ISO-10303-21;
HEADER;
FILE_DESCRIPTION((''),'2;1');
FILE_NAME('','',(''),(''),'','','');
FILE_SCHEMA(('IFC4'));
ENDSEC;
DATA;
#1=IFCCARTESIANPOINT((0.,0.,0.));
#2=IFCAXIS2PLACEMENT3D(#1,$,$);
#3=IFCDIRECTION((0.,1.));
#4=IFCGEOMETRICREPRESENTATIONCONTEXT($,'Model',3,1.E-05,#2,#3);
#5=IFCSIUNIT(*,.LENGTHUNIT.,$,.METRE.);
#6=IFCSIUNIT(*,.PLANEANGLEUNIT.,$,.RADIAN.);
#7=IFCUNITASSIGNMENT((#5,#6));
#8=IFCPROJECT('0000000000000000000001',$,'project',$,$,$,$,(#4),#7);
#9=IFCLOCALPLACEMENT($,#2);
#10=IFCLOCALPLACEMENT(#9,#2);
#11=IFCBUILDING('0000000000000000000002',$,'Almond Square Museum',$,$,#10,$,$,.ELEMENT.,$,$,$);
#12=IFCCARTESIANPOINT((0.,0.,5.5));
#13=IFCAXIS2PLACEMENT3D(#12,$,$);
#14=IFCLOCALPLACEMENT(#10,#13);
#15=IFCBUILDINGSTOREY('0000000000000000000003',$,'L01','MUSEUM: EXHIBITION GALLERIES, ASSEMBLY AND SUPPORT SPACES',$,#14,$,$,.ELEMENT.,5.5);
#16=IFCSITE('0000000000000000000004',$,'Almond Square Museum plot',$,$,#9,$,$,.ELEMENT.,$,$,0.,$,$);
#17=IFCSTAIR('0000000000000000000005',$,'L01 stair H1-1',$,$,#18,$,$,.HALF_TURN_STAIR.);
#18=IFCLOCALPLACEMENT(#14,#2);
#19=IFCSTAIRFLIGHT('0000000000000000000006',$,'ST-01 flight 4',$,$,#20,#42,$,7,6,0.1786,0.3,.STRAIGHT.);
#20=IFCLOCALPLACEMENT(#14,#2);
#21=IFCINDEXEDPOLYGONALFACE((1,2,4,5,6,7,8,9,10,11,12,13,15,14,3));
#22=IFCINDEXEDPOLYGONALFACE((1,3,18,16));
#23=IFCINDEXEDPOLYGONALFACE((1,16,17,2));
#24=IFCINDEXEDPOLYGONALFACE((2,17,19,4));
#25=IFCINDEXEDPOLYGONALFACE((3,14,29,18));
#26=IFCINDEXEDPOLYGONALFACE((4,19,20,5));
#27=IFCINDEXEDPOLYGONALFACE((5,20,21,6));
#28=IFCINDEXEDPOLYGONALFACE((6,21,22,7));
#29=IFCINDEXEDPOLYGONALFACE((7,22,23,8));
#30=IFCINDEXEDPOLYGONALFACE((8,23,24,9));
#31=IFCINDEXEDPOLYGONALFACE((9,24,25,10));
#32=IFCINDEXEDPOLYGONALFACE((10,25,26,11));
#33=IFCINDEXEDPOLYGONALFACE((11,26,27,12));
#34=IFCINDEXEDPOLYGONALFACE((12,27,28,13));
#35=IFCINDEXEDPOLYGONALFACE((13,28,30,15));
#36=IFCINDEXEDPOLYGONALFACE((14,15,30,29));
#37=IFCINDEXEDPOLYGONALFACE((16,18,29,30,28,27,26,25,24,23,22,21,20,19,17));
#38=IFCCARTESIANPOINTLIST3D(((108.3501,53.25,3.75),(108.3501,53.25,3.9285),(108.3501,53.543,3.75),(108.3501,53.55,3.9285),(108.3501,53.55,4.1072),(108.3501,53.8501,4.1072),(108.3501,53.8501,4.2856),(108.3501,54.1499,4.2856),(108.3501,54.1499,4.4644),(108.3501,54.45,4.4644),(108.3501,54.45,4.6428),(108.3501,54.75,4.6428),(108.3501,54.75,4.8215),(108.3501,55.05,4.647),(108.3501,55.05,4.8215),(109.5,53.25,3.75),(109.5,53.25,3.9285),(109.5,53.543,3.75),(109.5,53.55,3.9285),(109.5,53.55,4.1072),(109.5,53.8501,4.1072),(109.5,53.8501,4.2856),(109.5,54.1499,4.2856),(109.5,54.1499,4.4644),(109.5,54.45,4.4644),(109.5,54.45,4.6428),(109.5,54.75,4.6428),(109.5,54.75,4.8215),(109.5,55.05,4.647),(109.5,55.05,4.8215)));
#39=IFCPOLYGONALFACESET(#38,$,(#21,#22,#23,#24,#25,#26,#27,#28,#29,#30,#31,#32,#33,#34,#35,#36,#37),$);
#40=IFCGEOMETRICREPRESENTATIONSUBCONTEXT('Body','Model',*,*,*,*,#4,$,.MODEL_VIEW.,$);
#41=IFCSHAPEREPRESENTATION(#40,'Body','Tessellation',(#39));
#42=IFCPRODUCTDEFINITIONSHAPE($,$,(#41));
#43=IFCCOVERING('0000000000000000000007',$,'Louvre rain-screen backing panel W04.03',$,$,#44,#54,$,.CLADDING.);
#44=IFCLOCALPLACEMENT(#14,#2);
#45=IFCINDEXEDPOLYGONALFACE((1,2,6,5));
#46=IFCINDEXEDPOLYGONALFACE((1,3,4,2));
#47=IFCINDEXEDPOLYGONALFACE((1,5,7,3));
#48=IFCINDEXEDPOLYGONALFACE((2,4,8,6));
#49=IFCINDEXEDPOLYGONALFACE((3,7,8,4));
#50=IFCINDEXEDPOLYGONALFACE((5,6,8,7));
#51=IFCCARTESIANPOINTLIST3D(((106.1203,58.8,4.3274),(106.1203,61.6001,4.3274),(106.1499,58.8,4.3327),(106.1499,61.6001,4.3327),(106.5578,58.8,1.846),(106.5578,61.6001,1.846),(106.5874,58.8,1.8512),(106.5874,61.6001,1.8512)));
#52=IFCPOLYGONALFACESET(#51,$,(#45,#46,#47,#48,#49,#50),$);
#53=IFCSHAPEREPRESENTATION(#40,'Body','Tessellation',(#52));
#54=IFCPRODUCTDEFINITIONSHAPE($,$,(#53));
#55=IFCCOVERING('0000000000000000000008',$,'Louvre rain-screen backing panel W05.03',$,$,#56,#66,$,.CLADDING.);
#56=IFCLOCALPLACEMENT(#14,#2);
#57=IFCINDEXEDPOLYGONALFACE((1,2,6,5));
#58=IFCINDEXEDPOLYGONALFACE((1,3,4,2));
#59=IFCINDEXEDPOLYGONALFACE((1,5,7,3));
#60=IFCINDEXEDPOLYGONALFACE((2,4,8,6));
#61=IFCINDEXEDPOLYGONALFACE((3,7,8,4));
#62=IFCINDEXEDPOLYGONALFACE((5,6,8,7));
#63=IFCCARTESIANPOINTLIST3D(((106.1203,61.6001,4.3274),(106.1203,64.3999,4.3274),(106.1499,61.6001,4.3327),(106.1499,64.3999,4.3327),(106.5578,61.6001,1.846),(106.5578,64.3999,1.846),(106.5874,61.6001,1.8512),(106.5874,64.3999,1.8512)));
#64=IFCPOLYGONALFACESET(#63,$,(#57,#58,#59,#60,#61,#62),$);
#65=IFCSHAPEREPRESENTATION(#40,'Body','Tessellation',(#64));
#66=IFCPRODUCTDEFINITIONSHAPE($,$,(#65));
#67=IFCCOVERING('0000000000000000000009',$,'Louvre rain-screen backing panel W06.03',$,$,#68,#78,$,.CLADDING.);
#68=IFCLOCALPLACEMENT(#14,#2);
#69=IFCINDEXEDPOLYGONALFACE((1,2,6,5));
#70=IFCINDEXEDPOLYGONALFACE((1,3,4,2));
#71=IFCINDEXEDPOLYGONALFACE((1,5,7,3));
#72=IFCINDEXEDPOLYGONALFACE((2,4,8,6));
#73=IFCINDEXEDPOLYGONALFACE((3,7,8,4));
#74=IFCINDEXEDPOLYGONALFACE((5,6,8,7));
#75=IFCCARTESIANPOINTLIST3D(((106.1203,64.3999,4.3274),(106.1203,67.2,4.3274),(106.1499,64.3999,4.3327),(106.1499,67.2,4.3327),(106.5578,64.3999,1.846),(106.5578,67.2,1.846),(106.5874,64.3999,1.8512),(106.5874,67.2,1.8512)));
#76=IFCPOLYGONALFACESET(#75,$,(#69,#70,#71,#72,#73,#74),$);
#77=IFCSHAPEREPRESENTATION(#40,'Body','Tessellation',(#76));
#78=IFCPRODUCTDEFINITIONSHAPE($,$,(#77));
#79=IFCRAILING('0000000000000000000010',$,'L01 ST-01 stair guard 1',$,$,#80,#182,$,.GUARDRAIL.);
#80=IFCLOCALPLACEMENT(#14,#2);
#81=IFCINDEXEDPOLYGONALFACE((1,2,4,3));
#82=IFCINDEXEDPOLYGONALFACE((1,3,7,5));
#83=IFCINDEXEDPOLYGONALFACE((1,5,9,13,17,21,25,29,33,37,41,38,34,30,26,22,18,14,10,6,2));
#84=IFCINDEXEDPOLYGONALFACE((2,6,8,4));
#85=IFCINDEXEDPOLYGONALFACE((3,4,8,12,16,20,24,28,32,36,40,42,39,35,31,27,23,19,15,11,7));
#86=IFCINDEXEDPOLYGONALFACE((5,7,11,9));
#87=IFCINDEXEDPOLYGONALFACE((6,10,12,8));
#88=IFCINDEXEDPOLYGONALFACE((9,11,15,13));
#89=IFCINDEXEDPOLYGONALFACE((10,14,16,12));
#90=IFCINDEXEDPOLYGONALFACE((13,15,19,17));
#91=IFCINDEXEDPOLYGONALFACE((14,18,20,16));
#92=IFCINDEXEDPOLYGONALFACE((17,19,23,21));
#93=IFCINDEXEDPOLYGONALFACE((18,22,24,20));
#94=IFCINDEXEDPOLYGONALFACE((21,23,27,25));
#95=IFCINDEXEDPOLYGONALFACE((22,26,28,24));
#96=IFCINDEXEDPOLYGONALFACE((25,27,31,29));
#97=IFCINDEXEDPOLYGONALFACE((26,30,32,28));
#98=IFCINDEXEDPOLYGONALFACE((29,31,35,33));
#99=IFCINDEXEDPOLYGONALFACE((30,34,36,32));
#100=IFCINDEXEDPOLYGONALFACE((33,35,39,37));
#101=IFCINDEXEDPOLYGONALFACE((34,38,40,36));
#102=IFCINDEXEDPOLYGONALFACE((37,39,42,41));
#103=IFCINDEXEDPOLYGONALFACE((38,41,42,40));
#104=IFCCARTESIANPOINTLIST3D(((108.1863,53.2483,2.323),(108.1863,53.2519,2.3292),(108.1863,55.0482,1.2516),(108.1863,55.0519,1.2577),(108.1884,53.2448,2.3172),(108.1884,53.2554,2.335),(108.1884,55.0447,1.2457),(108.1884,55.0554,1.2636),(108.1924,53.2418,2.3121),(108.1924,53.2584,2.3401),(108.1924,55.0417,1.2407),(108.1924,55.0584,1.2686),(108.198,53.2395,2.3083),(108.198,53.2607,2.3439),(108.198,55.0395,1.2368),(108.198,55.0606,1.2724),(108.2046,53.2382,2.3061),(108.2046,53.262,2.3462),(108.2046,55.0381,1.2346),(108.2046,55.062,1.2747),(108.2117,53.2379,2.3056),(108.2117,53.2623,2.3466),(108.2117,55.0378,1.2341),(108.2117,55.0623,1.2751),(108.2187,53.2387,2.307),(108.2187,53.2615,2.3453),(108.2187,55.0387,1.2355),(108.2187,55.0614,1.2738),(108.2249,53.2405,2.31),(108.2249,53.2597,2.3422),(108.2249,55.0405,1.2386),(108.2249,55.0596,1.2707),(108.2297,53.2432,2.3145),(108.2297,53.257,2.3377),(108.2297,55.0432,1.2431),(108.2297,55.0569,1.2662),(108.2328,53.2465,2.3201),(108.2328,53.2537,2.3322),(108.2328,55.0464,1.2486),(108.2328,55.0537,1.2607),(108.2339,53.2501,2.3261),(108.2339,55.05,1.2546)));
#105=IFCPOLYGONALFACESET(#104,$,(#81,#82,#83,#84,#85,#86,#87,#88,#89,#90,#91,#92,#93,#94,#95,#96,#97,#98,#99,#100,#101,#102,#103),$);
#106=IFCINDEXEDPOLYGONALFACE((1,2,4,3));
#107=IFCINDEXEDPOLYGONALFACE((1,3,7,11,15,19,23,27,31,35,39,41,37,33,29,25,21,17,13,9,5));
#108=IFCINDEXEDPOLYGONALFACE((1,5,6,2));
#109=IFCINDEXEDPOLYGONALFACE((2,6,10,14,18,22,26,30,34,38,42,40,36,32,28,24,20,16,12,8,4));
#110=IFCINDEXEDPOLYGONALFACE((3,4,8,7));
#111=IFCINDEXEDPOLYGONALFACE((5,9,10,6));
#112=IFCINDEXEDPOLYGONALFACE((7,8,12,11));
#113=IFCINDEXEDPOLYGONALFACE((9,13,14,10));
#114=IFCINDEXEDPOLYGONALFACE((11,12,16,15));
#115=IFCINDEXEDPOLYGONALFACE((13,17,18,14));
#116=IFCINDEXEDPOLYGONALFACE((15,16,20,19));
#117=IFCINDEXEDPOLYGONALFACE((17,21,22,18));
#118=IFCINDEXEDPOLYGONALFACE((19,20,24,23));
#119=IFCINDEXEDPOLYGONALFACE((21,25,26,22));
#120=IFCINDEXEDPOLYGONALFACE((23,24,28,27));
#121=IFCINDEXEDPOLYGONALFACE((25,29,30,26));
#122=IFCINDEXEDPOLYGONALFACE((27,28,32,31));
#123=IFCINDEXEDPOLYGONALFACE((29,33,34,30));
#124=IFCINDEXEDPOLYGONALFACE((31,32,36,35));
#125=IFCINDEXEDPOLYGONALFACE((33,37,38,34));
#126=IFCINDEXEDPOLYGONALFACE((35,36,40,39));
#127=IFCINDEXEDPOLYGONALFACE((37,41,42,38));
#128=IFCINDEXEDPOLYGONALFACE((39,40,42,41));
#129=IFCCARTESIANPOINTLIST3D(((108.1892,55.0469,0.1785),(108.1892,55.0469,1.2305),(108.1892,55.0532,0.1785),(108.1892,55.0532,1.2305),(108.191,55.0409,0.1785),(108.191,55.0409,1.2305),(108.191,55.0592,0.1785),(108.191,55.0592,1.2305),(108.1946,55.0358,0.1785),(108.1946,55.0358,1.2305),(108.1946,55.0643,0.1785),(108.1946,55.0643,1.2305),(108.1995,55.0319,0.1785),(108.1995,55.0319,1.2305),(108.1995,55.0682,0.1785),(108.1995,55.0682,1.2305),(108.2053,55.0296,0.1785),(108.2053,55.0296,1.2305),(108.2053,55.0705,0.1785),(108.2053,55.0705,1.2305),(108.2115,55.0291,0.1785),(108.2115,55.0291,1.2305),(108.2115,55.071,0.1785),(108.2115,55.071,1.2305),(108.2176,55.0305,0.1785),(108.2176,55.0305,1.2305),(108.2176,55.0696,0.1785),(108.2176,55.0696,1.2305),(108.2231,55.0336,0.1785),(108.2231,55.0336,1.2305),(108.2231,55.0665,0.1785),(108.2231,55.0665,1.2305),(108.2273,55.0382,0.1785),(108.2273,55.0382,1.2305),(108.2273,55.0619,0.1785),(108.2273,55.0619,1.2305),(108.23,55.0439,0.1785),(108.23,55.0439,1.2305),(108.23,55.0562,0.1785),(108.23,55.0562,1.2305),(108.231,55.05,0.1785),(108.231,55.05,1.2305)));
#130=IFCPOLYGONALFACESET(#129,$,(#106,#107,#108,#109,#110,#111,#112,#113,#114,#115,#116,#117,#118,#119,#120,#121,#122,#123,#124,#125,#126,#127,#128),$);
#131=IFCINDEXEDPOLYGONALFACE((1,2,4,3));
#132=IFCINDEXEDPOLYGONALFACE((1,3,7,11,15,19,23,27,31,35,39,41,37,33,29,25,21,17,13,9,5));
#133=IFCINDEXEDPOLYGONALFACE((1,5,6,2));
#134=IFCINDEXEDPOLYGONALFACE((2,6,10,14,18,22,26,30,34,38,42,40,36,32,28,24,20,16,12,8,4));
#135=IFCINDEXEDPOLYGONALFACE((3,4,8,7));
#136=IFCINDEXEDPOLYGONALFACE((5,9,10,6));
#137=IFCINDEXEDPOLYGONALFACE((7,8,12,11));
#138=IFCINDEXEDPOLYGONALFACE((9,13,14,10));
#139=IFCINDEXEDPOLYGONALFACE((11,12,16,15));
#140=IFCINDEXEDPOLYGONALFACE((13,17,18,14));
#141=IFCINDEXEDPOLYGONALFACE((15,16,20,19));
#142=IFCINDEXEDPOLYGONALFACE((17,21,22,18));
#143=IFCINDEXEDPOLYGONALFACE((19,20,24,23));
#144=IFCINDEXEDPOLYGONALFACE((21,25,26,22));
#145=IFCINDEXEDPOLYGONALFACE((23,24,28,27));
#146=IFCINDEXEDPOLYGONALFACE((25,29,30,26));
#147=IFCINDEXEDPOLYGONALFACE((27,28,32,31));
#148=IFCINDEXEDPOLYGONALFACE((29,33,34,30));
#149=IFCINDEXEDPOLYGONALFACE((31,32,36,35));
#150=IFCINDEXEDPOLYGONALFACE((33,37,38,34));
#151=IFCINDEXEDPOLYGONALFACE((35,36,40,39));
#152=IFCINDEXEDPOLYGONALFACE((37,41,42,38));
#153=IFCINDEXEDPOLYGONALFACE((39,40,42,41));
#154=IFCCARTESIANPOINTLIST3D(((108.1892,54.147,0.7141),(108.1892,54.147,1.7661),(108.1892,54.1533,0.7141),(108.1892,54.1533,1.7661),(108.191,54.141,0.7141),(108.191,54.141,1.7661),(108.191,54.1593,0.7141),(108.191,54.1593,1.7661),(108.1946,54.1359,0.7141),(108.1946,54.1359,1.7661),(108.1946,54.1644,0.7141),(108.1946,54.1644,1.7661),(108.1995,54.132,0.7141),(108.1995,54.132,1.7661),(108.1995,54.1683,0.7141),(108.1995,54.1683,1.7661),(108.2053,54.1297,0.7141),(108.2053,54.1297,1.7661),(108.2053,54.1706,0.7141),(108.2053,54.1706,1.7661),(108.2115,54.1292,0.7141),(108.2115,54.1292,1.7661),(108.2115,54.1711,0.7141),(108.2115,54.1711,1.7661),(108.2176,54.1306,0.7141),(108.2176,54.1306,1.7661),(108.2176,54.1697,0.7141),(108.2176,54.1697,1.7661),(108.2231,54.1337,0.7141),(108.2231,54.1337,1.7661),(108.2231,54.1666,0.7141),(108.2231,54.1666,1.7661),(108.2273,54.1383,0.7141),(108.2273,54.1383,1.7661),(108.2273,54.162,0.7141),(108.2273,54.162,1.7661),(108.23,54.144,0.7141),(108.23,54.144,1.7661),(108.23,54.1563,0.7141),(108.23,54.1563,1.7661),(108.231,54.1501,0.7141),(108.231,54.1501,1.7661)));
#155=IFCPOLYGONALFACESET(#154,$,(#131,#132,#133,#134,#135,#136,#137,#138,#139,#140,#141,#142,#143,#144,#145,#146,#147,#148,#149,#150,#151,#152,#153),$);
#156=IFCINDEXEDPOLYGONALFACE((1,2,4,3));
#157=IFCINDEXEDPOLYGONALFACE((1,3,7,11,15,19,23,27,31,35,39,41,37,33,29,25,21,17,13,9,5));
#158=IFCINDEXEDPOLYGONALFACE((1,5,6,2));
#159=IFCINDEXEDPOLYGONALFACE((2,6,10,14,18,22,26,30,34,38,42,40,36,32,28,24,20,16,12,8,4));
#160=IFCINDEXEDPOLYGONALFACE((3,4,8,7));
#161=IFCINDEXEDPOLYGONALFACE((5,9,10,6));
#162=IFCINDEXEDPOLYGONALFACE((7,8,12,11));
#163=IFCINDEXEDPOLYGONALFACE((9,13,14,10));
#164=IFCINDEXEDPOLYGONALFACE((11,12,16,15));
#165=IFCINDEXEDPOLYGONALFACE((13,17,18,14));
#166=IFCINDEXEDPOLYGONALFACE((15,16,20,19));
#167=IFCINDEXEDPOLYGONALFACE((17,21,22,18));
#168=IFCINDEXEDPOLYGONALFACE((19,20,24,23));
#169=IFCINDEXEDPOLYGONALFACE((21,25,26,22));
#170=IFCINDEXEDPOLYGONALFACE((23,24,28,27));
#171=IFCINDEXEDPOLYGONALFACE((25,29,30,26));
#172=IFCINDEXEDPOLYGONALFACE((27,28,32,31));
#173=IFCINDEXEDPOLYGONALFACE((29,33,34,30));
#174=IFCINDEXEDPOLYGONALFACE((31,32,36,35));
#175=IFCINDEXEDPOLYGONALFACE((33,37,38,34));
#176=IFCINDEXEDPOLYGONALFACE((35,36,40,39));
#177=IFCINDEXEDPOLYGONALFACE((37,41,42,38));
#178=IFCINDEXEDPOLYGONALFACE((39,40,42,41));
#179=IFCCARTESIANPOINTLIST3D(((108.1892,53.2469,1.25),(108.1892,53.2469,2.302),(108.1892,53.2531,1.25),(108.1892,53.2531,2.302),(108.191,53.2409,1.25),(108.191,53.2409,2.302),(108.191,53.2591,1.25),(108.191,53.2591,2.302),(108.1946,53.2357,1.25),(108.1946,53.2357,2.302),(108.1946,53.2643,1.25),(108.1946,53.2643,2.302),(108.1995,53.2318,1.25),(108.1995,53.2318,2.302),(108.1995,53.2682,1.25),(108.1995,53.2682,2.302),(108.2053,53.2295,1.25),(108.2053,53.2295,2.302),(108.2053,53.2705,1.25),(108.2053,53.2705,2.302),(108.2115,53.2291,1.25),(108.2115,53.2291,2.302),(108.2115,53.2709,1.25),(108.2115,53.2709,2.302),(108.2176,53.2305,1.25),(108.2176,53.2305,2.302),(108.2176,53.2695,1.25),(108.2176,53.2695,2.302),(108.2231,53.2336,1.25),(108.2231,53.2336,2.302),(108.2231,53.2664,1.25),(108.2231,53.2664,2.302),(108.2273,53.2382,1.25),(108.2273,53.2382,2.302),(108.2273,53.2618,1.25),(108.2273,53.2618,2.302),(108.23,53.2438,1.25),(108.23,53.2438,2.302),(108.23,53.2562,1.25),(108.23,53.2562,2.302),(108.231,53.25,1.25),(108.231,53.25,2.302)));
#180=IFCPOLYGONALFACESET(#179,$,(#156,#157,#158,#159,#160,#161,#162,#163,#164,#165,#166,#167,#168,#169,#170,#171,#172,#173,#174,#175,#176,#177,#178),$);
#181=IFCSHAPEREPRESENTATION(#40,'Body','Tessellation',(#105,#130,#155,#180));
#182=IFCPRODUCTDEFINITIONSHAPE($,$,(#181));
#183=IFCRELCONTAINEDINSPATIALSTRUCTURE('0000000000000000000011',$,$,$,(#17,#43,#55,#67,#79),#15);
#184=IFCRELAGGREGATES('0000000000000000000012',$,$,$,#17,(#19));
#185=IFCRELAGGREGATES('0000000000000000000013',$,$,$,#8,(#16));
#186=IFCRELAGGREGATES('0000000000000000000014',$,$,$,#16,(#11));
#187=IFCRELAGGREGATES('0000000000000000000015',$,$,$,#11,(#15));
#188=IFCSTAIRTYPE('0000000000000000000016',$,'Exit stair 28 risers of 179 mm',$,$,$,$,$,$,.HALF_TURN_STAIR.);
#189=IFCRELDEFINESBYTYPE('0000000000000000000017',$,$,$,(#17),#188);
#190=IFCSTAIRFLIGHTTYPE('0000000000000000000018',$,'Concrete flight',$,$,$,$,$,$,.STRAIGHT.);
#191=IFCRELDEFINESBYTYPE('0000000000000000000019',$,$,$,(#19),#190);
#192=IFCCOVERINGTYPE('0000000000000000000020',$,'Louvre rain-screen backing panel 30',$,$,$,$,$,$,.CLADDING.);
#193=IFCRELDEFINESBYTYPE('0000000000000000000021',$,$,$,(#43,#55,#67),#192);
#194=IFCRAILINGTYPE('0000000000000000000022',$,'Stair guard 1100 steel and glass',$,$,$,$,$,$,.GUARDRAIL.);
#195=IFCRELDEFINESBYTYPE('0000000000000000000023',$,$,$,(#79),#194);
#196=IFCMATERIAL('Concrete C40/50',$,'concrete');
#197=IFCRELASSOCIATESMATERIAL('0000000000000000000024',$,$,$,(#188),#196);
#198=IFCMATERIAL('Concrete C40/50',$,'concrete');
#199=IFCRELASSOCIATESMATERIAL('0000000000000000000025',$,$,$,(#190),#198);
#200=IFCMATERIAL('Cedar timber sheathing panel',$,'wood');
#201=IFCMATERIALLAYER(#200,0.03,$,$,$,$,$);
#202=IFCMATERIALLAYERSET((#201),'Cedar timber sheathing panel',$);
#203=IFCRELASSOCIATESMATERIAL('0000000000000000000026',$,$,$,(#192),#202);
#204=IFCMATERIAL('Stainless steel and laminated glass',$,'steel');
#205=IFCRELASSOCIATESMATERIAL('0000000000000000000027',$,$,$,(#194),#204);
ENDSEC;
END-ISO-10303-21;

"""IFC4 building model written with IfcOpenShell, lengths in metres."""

from ifc_helpers import new_model, si_unit, direction, frame, origin, origin_2d, place, context, subcontext, project, spatial, polyline, circle, outline, extrude, material, layer, layer_set, type_object, element, aggregate, save


model = new_model("IFC4")

# Units and contexts
model_context = context("Model", 3, precision=1e-05, world=origin(), true_north=direction((0.0, 1.0)))
body_context = subcontext(model_context, "Body", "Model", "MODEL_VIEW")
ifc_project = project(units=[si_unit("LENGTHUNIT", "METRE"), si_unit("PLANEANGLEUNIT", "RADIAN")], contexts=[model_context])

# Site, building, storey
site_placement = place(None, origin())
site = spatial("IfcSite", under=ifc_project, at=site_placement, Name="Almond Square Museum plot", CompositionType="ELEMENT", RefElevation=0.0)
building_placement = place(site_placement, origin())
building = spatial("IfcBuilding", under=site, at=building_placement, Name="Almond Square Museum", CompositionType="ELEMENT")
storey_placement = place(building_placement, frame((0.0, 0.0, 5.5)))
storey = spatial("IfcBuildingStorey", under=building, at=storey_placement, Name="L01", Description="MUSEUM: EXHIBITION GALLERIES, ASSEMBLY AND SUPPORT SPACES", CompositionType="ELEMENT", Elevation=5.5)

# Stair, stair flight
ifc_material_1 = material(Name="Concrete C40/50", Category="concrete")
stair_type = type_object("IfcStairType", Name="Exit stair 28 risers of 179 mm", PredefinedType="HALF_TURN_STAIR", material=ifc_material_1)
stair_placement = place(storey_placement, origin())
stair = element("IfcStair", 1, at=stair_placement, inside=storey, type_object=stair_type, Name="L01 stair H1-1", PredefinedType="HALF_TURN_STAIR")
ifc_material_2 = material(Name="Concrete C40/50", Category="concrete")
stair_flight_type = type_object("IfcStairFlightType", Name="Concrete flight", PredefinedType="STRAIGHT", material=ifc_material_2)
stair_flight_1_placement = place(storey_placement, frame((108.925, 53.25, 3.75), z_axis=(0.0, 0.0, 1.0), x_axis=(0.0, 1.0, 0.0)))
stair_flight_1 = element("IfcStairFlight", 2, at=stair_flight_1_placement, type_object=stair_flight_type, Name="ST-01 flight 4", NumberOfRisers=7, NumberOfTreads=6, PredefinedType="STRAIGHT", RiserHeight=0.1786, TreadLength=0.3, context=body_context, shape_type="SweptSolid", body=[
    extrude(outline(polyline([(0.0, 0.0), (0.0, 0.1785), (0.3, 0.1785), (0.3, 0.3572), (0.6001, 0.3572), (0.6001, 0.5356), (0.8999, 0.5356), (0.8999, 0.7144), (1.2, 0.7144), (1.2, 0.8928), (1.5, 0.8928), (1.5, 1.0715), (1.8, 1.0715), (1.8, 1.25), (1.8, 0.897), (0.293, 0.0), (0.0, 0.0)])), frame((0.0, 0.575, 0.0), z_axis=(0.0, -1.0, 0.0), x_axis=(1.0, 0.0, 0.0)), (0.0, 0.0, 1.0), 1.1499),
])
aggregate(stair, [stair_flight_1])

# Coverings
ifc_material_3 = material(Name="Cedar timber sheathing panel", Category="wood")
ifc_layer_1 = layer(ifc_material_3, 0.03)
ifc_layer_set_1 = layer_set([ifc_layer_1], Name="Cedar timber sheathing panel")
covering_type = type_object("IfcCoveringType", Name="Louvre rain-screen backing panel 30", PredefinedType="CLADDING", material=ifc_layer_set_1)
covering_1_placement = place(storey_placement, frame((106.5728, 58.8, 1.8486), z_axis=(0.984811, 0.0, 0.173631), x_axis=(0.0, 1.0, 0.0)))
element("IfcCovering", 3, at=covering_1_placement, inside=storey, type_object=covering_type, Name="Louvre rain-screen backing panel W04.03", PredefinedType="CLADDING", context=body_context, shape_type="SweptSolid", body=[
    extrude(outline(polyline([(0.0, 0.0), (2.8, 0.0), (2.8, 2.5197), (0.0, 2.5197), (0.0, 0.0)])), frame((0.0, 0.0, -0.0151)), (0.0, 0.0, 1.0), 0.03),
])
covering_2_placement = place(storey_placement, frame((106.5728, 61.6001, 1.8486), z_axis=(0.984811, 0.0, 0.173631), x_axis=(0.0, 1.0, 0.0)))
element("IfcCovering", 4, at=covering_2_placement, inside=storey, type_object=covering_type, Name="Louvre rain-screen backing panel W05.03", PredefinedType="CLADDING", context=body_context, shape_type="SweptSolid", body=[
    extrude(outline(polyline([(0.0, 0.0), (2.7998, 0.0), (2.7998, 2.5197), (0.0, 2.5197), (0.0, 0.0)])), frame((0.0, 0.0, -0.0151)), (0.0, 0.0, 1.0), 0.03),
])
covering_3_placement = place(storey_placement, frame((106.5728, 64.3999, 1.8486), z_axis=(0.984811, 0.0, 0.173631), x_axis=(0.0, 1.0, 0.0)))
element("IfcCovering", 5, at=covering_3_placement, inside=storey, type_object=covering_type, Name="Louvre rain-screen backing panel W06.03", PredefinedType="CLADDING", context=body_context, shape_type="SweptSolid", body=[
    extrude(outline(polyline([(0.0, 0.0), (2.8, 0.0), (2.8, 2.5197), (0.0, 2.5197), (0.0, 0.0)])), frame((0.0, 0.0, -0.0151)), (0.0, 0.0, 1.0), 0.03),
])

# Railing
ifc_material_4 = material(Name="Stainless steel and laminated glass", Category="steel")
railing_type_1 = type_object("IfcRailingType", Name="Stair guard 1100 steel and glass", PredefinedType="GUARDRAIL", material=ifc_material_4)
railing_1_placement = place(storey_placement, frame((108.21, 55.05, 0.1785)))
element("IfcRailing", 6, at=railing_1_placement, inside=storey, type_object=railing_type_1, Name="L01 ST-01 stair guard 1", PredefinedType="GUARDRAIL", context=body_context, shape_type="SweptSolid", body=[
    extrude(circle(Radius=0.0239, at=origin_2d()), frame((0.0, 0.0, 1.0762), z_axis=(0.0, -0.859277, 0.51151), x_axis=(1.0, 0.0, 0.0)), (0.0, 0.0, 1.0), 2.0947),
    extrude(circle(Radius=0.021, at=origin_2d()), origin(), (0.0, 0.0, 1.0), 1.052),
    extrude(circle(Radius=0.021, at=origin_2d()), frame((0.0, -0.8999, 0.5356)), (0.0, 0.0, 1.0), 1.052),
    extrude(circle(Radius=0.021, at=origin_2d()), frame((0.0, -1.8, 1.0715)), (0.0, 0.0, 1.0), 1.052),
])

save(model, "model.ifc")
